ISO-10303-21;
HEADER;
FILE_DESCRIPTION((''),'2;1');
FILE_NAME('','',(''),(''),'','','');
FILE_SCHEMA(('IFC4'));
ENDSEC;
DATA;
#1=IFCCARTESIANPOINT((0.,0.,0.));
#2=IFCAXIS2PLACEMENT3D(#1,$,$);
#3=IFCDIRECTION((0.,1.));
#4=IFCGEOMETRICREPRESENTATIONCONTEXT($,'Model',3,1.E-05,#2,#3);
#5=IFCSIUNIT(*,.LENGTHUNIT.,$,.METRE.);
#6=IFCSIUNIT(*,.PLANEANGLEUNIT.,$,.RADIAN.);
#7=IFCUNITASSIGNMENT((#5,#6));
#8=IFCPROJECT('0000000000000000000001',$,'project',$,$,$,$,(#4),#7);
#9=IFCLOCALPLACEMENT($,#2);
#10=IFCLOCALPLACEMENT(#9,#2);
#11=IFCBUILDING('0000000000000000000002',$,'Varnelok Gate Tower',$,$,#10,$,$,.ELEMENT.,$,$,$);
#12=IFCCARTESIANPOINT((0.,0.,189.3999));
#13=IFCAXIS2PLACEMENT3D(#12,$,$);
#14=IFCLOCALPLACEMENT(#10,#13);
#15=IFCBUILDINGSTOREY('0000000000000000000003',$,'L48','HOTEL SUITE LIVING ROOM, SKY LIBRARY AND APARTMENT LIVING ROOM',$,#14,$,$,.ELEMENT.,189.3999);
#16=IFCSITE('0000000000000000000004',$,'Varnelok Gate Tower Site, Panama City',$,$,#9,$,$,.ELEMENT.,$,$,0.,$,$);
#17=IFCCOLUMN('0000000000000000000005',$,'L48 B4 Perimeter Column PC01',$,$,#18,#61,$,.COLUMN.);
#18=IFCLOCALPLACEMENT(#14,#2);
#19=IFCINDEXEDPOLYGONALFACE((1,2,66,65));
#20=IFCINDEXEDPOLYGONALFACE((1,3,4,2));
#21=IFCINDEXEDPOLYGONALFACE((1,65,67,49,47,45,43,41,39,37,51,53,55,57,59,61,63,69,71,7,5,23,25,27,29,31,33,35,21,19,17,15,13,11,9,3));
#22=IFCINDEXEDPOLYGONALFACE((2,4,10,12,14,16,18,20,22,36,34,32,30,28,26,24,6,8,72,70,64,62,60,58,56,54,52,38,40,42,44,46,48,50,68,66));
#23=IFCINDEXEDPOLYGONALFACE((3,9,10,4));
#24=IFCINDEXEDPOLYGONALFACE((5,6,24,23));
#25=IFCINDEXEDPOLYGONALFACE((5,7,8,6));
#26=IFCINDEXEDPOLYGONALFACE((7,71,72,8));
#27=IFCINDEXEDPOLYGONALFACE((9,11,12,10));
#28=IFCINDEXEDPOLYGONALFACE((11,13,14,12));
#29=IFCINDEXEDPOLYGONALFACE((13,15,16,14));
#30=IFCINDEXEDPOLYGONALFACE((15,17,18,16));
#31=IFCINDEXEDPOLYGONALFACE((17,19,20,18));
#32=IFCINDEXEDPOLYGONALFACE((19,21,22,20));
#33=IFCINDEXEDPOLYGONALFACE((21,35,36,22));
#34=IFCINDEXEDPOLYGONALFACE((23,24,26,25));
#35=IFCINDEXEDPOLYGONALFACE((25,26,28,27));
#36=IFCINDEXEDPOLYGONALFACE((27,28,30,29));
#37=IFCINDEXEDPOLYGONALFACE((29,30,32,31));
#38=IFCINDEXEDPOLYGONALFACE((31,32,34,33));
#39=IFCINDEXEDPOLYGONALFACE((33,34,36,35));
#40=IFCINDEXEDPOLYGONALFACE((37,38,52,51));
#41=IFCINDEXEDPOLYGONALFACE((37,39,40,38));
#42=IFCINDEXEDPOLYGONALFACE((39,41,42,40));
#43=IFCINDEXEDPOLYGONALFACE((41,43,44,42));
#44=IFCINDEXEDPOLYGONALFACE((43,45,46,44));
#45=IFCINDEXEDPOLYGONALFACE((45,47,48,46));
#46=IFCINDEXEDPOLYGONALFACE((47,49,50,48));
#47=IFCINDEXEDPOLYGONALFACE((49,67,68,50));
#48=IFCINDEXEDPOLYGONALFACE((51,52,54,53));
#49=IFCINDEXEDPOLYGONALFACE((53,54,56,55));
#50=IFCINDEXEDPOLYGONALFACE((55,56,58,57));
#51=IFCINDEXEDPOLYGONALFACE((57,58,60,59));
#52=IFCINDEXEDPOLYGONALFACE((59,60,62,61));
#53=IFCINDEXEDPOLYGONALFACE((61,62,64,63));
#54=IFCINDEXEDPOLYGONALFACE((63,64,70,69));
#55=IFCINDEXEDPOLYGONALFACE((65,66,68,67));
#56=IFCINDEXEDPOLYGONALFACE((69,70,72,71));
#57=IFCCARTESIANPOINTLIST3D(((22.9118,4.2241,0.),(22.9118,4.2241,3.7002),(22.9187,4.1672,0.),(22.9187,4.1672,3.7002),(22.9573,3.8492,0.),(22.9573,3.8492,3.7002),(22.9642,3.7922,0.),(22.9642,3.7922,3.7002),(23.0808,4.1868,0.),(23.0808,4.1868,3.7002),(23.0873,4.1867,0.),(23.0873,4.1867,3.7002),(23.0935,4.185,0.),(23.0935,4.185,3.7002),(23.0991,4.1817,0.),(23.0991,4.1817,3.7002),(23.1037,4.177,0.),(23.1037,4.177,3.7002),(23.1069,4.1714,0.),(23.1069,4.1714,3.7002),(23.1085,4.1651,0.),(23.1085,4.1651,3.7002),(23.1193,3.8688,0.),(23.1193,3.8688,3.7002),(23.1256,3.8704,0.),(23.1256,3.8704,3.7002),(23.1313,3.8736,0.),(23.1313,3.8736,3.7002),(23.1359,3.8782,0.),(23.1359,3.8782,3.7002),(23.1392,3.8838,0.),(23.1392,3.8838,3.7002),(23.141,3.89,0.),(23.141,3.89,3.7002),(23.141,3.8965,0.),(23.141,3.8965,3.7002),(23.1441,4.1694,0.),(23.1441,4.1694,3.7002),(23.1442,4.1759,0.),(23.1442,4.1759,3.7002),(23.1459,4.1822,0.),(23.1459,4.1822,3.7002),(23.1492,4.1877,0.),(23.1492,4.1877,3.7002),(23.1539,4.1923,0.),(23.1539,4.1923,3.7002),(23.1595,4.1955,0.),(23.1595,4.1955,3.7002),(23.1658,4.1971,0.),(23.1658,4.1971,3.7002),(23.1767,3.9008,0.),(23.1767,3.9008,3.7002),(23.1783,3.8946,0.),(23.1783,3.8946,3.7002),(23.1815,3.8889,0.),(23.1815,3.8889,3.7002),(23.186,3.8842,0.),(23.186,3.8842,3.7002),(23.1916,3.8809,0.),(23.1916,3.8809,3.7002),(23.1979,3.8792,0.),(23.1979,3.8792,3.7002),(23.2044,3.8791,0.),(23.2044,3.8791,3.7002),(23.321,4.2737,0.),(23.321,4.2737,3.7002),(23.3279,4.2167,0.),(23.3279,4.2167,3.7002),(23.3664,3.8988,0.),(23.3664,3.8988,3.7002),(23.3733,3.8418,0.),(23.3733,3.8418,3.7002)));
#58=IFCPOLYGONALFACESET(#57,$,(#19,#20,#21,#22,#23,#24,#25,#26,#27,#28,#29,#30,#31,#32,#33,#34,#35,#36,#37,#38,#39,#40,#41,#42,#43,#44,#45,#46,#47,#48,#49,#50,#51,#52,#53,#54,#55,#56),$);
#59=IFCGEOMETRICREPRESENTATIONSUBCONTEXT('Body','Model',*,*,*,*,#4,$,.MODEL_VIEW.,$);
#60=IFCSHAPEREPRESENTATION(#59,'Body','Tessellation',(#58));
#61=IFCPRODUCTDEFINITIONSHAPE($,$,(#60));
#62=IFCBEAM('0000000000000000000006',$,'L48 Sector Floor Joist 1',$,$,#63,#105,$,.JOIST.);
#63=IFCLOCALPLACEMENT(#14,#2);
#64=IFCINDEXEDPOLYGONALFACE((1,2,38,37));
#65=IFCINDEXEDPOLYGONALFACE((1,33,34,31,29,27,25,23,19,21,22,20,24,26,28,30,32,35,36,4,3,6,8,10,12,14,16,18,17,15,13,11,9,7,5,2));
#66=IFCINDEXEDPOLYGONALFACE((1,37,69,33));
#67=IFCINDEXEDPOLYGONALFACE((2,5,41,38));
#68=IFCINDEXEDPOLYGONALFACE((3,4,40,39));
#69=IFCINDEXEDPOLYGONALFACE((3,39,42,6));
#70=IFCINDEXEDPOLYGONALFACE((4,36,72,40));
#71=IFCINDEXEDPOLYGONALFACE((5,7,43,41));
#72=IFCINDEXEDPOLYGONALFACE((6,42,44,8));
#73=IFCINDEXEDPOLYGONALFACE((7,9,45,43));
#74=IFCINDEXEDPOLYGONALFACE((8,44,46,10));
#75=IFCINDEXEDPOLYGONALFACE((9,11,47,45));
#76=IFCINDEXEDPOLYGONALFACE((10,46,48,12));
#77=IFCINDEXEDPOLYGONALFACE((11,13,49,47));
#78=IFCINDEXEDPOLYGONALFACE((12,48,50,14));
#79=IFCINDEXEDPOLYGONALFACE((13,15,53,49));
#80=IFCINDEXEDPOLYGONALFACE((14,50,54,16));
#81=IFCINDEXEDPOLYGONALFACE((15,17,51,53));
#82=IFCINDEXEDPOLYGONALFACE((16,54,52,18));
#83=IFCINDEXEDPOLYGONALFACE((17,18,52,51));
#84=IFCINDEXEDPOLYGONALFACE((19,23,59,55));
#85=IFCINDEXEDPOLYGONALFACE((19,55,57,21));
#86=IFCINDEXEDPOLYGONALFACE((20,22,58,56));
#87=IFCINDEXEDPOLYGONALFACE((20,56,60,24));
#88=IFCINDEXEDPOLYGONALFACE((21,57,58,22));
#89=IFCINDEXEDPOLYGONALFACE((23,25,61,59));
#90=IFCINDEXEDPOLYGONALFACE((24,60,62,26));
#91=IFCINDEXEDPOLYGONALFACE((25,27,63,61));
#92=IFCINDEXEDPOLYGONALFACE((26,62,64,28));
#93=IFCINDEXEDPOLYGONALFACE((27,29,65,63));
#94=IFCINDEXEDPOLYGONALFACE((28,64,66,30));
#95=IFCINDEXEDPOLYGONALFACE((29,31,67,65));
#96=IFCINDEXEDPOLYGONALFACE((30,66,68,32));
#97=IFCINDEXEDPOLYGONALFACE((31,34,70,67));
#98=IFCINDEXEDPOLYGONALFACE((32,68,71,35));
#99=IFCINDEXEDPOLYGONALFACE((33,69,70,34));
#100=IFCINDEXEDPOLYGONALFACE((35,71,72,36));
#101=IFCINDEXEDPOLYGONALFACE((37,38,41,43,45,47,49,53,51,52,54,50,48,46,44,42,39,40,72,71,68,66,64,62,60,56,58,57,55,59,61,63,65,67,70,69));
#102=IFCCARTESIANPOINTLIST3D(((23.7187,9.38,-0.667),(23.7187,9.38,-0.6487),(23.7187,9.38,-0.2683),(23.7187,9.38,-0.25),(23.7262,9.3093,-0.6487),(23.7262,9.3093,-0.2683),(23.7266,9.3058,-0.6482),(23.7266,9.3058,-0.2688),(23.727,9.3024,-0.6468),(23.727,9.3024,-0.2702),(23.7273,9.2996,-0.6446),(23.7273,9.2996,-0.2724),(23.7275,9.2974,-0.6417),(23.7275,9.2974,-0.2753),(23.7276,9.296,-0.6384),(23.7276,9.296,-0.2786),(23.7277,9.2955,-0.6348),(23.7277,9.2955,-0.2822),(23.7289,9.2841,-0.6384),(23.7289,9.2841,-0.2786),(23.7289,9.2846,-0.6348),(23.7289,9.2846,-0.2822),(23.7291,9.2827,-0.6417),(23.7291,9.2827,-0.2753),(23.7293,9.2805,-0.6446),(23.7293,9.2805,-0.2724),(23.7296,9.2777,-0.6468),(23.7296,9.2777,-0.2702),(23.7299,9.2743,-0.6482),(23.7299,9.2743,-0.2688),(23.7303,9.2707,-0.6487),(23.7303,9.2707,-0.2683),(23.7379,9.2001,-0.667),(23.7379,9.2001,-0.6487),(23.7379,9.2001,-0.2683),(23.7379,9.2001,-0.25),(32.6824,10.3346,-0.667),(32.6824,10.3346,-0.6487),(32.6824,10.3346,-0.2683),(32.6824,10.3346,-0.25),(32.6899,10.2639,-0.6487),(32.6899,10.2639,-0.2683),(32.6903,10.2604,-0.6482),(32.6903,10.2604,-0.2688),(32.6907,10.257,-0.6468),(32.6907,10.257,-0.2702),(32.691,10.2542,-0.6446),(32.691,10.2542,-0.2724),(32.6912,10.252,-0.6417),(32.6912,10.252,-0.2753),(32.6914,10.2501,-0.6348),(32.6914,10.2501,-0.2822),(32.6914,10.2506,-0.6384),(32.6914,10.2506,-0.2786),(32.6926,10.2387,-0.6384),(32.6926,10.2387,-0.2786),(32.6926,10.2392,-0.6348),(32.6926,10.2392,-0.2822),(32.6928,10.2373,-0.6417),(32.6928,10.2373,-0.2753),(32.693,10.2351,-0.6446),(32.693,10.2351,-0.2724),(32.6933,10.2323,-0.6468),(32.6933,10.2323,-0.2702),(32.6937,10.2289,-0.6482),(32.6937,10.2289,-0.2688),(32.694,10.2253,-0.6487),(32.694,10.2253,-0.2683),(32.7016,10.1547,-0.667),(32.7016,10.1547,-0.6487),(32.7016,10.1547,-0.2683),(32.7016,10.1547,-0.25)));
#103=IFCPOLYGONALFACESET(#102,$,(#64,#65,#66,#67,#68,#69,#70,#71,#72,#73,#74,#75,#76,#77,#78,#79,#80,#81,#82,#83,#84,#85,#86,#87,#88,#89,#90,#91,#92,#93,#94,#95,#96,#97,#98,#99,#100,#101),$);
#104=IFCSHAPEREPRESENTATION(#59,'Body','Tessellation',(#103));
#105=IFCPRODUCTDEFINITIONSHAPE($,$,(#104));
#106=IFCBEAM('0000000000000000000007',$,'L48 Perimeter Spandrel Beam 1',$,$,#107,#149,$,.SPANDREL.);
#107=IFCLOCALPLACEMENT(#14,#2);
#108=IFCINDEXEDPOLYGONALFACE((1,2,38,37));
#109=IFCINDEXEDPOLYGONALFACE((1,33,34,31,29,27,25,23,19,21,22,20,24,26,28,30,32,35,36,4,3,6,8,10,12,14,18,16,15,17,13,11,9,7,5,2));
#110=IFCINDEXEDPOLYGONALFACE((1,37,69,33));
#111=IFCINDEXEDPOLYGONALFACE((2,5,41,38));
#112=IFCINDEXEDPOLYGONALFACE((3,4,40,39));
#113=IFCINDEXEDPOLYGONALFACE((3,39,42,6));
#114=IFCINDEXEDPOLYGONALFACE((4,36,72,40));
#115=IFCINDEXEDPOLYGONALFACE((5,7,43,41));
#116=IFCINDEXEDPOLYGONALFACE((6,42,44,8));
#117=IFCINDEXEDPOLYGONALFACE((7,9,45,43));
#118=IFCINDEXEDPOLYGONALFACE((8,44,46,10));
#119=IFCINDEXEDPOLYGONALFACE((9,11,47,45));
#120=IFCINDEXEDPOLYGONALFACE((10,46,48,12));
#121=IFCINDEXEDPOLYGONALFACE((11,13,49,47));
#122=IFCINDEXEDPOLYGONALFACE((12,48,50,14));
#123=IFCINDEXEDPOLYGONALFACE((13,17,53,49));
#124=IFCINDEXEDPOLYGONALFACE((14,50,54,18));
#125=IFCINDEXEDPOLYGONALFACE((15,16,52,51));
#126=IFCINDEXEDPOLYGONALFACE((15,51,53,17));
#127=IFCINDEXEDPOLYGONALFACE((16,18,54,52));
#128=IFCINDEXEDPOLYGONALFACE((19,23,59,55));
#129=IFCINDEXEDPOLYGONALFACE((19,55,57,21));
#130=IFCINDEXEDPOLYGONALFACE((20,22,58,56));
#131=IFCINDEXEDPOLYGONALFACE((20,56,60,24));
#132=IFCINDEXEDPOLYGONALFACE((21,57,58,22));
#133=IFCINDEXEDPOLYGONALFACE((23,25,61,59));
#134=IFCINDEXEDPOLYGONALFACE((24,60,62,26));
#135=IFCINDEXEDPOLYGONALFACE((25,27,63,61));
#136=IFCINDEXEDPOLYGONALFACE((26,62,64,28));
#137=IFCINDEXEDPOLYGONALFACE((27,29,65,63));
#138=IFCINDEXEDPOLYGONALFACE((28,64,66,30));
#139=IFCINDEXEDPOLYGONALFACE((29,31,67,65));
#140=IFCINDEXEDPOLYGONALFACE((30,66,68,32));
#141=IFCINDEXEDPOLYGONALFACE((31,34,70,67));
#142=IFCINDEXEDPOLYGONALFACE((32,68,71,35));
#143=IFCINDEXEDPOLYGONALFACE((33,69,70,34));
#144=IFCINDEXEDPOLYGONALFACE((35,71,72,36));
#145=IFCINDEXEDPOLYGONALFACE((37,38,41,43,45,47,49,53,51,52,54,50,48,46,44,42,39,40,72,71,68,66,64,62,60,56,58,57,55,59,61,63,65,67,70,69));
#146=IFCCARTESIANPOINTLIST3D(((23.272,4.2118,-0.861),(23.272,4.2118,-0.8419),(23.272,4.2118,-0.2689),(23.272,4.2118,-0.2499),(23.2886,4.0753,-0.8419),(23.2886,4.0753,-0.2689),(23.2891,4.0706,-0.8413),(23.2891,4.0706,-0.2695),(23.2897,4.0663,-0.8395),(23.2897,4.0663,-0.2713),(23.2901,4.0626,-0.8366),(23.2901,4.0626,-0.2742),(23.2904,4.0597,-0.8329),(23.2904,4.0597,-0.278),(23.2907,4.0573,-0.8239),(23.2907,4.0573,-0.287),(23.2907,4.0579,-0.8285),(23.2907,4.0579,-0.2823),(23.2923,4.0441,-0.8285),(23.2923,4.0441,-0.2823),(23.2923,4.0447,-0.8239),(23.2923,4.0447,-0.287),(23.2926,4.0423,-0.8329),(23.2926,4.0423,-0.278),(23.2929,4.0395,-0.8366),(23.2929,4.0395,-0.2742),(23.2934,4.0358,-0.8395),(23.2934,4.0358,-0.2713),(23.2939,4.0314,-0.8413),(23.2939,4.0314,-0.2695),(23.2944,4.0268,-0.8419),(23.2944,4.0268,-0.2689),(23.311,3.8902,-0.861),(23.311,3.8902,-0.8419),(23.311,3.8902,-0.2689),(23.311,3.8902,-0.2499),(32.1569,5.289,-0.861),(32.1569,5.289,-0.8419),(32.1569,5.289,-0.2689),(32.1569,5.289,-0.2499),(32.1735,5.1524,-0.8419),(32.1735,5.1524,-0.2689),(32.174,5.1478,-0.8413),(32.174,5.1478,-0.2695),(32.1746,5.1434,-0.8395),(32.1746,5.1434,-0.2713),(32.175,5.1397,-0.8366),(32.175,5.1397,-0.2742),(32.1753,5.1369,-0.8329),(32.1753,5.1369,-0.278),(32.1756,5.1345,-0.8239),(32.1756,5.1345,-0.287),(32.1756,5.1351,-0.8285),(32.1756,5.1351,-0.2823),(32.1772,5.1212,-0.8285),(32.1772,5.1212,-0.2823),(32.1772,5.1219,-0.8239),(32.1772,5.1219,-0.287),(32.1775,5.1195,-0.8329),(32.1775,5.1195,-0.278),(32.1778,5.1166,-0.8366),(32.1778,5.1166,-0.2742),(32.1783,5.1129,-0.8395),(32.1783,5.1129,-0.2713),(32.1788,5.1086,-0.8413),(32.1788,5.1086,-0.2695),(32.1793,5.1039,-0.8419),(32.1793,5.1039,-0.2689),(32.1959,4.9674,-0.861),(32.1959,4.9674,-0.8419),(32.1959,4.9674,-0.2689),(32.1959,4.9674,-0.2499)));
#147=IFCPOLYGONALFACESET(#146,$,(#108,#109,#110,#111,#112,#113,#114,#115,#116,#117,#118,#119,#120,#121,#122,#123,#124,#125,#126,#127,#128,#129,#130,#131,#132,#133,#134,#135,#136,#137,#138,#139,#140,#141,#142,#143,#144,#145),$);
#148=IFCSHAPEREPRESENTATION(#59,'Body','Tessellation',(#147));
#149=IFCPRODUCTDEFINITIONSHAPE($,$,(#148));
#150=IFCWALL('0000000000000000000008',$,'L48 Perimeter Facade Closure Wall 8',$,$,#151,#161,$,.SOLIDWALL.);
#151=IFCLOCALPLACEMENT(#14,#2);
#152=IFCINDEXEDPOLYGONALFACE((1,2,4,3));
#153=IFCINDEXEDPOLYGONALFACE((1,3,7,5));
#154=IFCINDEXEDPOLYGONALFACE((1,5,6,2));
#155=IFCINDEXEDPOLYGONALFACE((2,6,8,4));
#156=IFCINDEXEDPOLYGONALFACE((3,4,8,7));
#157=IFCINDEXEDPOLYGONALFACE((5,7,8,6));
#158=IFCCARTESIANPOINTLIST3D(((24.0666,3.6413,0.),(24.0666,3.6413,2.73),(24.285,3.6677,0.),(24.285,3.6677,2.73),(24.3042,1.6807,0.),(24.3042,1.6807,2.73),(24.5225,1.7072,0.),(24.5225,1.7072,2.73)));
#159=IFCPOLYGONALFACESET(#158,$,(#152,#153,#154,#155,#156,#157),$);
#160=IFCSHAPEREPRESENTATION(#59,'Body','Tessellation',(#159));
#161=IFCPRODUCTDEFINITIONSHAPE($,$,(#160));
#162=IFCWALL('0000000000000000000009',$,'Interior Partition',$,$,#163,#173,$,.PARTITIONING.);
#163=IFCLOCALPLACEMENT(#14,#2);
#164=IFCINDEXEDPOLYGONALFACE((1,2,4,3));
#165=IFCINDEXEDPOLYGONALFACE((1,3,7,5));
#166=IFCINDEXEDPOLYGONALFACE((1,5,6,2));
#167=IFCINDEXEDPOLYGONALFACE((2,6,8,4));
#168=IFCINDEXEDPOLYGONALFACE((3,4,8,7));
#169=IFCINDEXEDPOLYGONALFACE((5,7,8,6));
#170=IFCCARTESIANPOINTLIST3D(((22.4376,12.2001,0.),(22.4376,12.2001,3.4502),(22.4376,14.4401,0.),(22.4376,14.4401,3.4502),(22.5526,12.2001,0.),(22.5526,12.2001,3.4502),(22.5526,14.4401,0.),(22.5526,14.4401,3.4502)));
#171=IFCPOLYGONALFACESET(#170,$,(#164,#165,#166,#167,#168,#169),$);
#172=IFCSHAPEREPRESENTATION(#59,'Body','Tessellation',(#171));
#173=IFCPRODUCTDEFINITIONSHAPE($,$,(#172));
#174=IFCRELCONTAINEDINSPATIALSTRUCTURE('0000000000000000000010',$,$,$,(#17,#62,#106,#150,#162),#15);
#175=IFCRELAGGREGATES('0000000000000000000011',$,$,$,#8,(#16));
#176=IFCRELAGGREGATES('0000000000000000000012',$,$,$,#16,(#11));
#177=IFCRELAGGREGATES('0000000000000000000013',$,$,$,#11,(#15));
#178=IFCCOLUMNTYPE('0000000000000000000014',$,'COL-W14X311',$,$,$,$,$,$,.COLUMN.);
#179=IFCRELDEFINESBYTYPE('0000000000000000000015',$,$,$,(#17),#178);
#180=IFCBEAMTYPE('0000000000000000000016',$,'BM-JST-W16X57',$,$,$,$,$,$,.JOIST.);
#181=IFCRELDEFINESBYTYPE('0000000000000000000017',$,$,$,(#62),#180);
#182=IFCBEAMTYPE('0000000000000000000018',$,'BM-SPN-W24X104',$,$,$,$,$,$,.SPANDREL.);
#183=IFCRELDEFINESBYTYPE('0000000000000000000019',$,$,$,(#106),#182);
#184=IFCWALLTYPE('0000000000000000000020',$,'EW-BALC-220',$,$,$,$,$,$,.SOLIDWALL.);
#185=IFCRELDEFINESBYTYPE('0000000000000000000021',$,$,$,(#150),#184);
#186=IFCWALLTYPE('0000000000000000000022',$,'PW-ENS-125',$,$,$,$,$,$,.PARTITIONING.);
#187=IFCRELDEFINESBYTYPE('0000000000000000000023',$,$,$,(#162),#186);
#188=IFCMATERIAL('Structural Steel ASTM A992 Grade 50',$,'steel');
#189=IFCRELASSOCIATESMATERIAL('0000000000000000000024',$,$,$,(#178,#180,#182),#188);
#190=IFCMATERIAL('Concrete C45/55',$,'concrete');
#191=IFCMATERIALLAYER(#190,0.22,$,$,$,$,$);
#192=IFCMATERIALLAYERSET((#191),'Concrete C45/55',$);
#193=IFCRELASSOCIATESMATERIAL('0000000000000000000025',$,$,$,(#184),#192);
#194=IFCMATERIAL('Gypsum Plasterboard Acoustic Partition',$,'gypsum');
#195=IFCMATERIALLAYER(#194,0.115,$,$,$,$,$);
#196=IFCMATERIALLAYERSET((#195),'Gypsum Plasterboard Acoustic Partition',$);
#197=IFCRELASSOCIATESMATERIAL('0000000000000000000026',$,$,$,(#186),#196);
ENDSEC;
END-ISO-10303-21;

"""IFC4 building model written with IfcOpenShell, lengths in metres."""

from ifc_helpers import new_model, si_unit, direction, frame, frame_2d, origin, origin_2d, place, context, subcontext, project, spatial, rectangle, i_section, extrude, material, layer, layer_set, material_profile, profile_set, type_object, element, save


model = new_model("IFC4")

# Units and contexts
model_context = context("Model", 3, precision=1e-05, world=origin(), true_north=direction((0.0, 1.0)))
body_context = subcontext(model_context, "Body", "Model", "MODEL_VIEW")
ifc_project = project(units=[si_unit("LENGTHUNIT", "METRE"), si_unit("PLANEANGLEUNIT", "RADIAN")], contexts=[model_context])

# Site, building, storey
site_placement = place(None, origin())
site = spatial("IfcSite", under=ifc_project, at=site_placement, Name="Varnelok Gate Tower Site, Panama City", CompositionType="ELEMENT", RefElevation=0.0)
building_placement = place(site_placement, origin())
building = spatial("IfcBuilding", under=site, at=building_placement, Name="Varnelok Gate Tower", CompositionType="ELEMENT")
storey_placement = place(building_placement, frame((0.0, 0.0, 189.3999)))
storey = spatial("IfcBuildingStorey", under=building, at=storey_placement, Name="L48", Description="HOTEL SUITE LIVING ROOM, SKY LIBRARY AND APARTMENT LIVING ROOM", CompositionType="ELEMENT", Elevation=189.3999)

# Column
ifc_material_1 = material(Name="Structural Steel ASTM A992 Grade 50", Category="steel")
ifc_material_profile_1 = material_profile(ifc_material_1, i_section(OverallWidth=0.4121, OverallDepth=0.4351, WebThickness=0.0359, FlangeThickness=0.0574, FilletRadius=0.0249, at=origin_2d()), Name="W14X311")
ifc_profile_set_1 = profile_set([ifc_material_profile_1], Name="Structural Steel ASTM A992 Grade 50")
column_type = type_object("IfcColumnType", Name="COL-W14X311", PredefinedType="COLUMN", material=ifc_profile_set_1)
column_placement = place(storey_placement, frame((23.1426, 4.033, 0.0), z_axis=(0.0, 0.0, 1.0), x_axis=(0.992732, 0.120345, 0.0)))
element("IfcColumn", 1, at=column_placement, inside=storey, type_object=column_type, Name="L48 B4 Perimeter Column PC01", PredefinedType="COLUMN", context=body_context, shape_type="SweptSolid", body=[
    extrude(i_section(OverallWidth=0.4121, OverallDepth=0.4351, WebThickness=0.0359, FlangeThickness=0.0574, FilletRadius=0.0249, at=origin_2d()), origin(), (0.0, 0.0, 1.0), 3.7002),
])

# Beams
ifc_material_profile_2 = material_profile(ifc_material_1, i_section(OverallWidth=0.1809, OverallDepth=0.417, WebThickness=0.011, FlangeThickness=0.0183, FilletRadius=0.0139, at=origin_2d()), Name="W16X57")
ifc_profile_set_2 = profile_set([ifc_material_profile_2], Name="Structural Steel ASTM A992 Grade 50")
beam_type_1 = type_object("IfcBeamType", Name="BM-JST-W16X57", PredefinedType="JOIST", material=ifc_profile_set_2)
beam_1_placement = place(storey_placement, frame((23.7283, 9.29, -0.4585), z_axis=(0.994377, 0.105897, 0.0), x_axis=(-0.105897, 0.994377, 0.0)))
element("IfcBeam", 2, at=beam_1_placement, inside=storey, type_object=beam_type_1, Name="L48 Sector Floor Joist 1", PredefinedType="JOIST", context=body_context, shape_type="SweptSolid", body=[
    extrude(i_section(OverallWidth=0.1809, OverallDepth=0.417, WebThickness=0.011, FlangeThickness=0.0183, FilletRadius=0.0139, at=origin_2d()), origin(), (0.0, 0.0, 1.0), 9.0144),
])
ifc_material_profile_3 = material_profile(ifc_material_1, i_section(OverallWidth=0.324, OverallDepth=0.6111, WebThickness=0.0127, FlangeThickness=0.019, FilletRadius=0.0181, at=origin_2d()), Name="W24X104")
ifc_profile_set_3 = profile_set([ifc_material_profile_3], Name="Structural Steel ASTM A992 Grade 50")
beam_type_2 = type_object("IfcBeamType", Name="BM-SPN-W24X104", PredefinedType="SPANDREL", material=ifc_profile_set_3)
beam_2_placement = place(storey_placement, frame((23.2915, 4.051, -0.5554), z_axis=(0.992731, 0.120351, 0.0), x_axis=(-0.120351, 0.992731, 0.0)))
element("IfcBeam", 3, at=beam_2_placement, inside=storey, type_object=beam_type_2, Name="L48 Perimeter Spandrel Beam 1", PredefinedType="SPANDREL", context=body_context, shape_type="SweptSolid", body=[
    extrude(i_section(OverallWidth=0.324, OverallDepth=0.6111, WebThickness=0.0127, FlangeThickness=0.019, FilletRadius=0.0181, at=origin_2d()), origin(), (0.0, 0.0, 1.0), 8.95),
])

# Walls
ifc_material_2 = material(Name="Concrete C45/55", Category="concrete")
ifc_layer_1 = layer(ifc_material_2, 0.22)
ifc_layer_set_1 = layer_set([ifc_layer_1], Name="Concrete C45/55")
wall_type_1 = type_object("IfcWallType", Name="EW-BALC-220", PredefinedType="SOLIDWALL", material=ifc_layer_set_1)
wall_1_placement = place(storey_placement, frame((24.4133, 1.6941, 0.0), z_axis=(0.0, 0.0, 1.0), x_axis=(-0.120291, 0.992739, 0.0)))
element("IfcWall", 4, at=wall_1_placement, inside=storey, type_object=wall_type_1, Name="L48 Perimeter Facade Closure Wall 8", PredefinedType="SOLIDWALL", context=body_context, shape_type="SweptSolid", body=[
    extrude(rectangle(XDim=1.9749, YDim=0.22, at=frame_2d((0.9873, 0.0))), origin(), (0.0, 0.0, 1.0), 2.73),
])
ifc_material_3 = material(Name="Gypsum Plasterboard Acoustic Partition", Category="gypsum")
ifc_layer_2 = layer(ifc_material_3, 0.115)
ifc_layer_set_2 = layer_set([ifc_layer_2], Name="Gypsum Plasterboard Acoustic Partition")
wall_type_2 = type_object("IfcWallType", Name="PW-ENS-125", PredefinedType="PARTITIONING", material=ifc_layer_set_2)
wall_2_placement = place(storey_placement, frame((22.4951, 12.2, 0.0), z_axis=(0.0, 0.0, 1.0), x_axis=(0.0, 1.0, 0.0)))
element("IfcWall", 5, at=wall_2_placement, inside=storey, type_object=wall_type_2, Name="Interior Partition", PredefinedType="PARTITIONING", context=body_context, shape_type="SweptSolid", body=[
    extrude(rectangle(XDim=2.24, YDim=0.115, at=frame_2d((1.1201, 0.0))), origin(), (0.0, 0.0, 1.0), 3.4502),
])

save(model, "model.ifc")
